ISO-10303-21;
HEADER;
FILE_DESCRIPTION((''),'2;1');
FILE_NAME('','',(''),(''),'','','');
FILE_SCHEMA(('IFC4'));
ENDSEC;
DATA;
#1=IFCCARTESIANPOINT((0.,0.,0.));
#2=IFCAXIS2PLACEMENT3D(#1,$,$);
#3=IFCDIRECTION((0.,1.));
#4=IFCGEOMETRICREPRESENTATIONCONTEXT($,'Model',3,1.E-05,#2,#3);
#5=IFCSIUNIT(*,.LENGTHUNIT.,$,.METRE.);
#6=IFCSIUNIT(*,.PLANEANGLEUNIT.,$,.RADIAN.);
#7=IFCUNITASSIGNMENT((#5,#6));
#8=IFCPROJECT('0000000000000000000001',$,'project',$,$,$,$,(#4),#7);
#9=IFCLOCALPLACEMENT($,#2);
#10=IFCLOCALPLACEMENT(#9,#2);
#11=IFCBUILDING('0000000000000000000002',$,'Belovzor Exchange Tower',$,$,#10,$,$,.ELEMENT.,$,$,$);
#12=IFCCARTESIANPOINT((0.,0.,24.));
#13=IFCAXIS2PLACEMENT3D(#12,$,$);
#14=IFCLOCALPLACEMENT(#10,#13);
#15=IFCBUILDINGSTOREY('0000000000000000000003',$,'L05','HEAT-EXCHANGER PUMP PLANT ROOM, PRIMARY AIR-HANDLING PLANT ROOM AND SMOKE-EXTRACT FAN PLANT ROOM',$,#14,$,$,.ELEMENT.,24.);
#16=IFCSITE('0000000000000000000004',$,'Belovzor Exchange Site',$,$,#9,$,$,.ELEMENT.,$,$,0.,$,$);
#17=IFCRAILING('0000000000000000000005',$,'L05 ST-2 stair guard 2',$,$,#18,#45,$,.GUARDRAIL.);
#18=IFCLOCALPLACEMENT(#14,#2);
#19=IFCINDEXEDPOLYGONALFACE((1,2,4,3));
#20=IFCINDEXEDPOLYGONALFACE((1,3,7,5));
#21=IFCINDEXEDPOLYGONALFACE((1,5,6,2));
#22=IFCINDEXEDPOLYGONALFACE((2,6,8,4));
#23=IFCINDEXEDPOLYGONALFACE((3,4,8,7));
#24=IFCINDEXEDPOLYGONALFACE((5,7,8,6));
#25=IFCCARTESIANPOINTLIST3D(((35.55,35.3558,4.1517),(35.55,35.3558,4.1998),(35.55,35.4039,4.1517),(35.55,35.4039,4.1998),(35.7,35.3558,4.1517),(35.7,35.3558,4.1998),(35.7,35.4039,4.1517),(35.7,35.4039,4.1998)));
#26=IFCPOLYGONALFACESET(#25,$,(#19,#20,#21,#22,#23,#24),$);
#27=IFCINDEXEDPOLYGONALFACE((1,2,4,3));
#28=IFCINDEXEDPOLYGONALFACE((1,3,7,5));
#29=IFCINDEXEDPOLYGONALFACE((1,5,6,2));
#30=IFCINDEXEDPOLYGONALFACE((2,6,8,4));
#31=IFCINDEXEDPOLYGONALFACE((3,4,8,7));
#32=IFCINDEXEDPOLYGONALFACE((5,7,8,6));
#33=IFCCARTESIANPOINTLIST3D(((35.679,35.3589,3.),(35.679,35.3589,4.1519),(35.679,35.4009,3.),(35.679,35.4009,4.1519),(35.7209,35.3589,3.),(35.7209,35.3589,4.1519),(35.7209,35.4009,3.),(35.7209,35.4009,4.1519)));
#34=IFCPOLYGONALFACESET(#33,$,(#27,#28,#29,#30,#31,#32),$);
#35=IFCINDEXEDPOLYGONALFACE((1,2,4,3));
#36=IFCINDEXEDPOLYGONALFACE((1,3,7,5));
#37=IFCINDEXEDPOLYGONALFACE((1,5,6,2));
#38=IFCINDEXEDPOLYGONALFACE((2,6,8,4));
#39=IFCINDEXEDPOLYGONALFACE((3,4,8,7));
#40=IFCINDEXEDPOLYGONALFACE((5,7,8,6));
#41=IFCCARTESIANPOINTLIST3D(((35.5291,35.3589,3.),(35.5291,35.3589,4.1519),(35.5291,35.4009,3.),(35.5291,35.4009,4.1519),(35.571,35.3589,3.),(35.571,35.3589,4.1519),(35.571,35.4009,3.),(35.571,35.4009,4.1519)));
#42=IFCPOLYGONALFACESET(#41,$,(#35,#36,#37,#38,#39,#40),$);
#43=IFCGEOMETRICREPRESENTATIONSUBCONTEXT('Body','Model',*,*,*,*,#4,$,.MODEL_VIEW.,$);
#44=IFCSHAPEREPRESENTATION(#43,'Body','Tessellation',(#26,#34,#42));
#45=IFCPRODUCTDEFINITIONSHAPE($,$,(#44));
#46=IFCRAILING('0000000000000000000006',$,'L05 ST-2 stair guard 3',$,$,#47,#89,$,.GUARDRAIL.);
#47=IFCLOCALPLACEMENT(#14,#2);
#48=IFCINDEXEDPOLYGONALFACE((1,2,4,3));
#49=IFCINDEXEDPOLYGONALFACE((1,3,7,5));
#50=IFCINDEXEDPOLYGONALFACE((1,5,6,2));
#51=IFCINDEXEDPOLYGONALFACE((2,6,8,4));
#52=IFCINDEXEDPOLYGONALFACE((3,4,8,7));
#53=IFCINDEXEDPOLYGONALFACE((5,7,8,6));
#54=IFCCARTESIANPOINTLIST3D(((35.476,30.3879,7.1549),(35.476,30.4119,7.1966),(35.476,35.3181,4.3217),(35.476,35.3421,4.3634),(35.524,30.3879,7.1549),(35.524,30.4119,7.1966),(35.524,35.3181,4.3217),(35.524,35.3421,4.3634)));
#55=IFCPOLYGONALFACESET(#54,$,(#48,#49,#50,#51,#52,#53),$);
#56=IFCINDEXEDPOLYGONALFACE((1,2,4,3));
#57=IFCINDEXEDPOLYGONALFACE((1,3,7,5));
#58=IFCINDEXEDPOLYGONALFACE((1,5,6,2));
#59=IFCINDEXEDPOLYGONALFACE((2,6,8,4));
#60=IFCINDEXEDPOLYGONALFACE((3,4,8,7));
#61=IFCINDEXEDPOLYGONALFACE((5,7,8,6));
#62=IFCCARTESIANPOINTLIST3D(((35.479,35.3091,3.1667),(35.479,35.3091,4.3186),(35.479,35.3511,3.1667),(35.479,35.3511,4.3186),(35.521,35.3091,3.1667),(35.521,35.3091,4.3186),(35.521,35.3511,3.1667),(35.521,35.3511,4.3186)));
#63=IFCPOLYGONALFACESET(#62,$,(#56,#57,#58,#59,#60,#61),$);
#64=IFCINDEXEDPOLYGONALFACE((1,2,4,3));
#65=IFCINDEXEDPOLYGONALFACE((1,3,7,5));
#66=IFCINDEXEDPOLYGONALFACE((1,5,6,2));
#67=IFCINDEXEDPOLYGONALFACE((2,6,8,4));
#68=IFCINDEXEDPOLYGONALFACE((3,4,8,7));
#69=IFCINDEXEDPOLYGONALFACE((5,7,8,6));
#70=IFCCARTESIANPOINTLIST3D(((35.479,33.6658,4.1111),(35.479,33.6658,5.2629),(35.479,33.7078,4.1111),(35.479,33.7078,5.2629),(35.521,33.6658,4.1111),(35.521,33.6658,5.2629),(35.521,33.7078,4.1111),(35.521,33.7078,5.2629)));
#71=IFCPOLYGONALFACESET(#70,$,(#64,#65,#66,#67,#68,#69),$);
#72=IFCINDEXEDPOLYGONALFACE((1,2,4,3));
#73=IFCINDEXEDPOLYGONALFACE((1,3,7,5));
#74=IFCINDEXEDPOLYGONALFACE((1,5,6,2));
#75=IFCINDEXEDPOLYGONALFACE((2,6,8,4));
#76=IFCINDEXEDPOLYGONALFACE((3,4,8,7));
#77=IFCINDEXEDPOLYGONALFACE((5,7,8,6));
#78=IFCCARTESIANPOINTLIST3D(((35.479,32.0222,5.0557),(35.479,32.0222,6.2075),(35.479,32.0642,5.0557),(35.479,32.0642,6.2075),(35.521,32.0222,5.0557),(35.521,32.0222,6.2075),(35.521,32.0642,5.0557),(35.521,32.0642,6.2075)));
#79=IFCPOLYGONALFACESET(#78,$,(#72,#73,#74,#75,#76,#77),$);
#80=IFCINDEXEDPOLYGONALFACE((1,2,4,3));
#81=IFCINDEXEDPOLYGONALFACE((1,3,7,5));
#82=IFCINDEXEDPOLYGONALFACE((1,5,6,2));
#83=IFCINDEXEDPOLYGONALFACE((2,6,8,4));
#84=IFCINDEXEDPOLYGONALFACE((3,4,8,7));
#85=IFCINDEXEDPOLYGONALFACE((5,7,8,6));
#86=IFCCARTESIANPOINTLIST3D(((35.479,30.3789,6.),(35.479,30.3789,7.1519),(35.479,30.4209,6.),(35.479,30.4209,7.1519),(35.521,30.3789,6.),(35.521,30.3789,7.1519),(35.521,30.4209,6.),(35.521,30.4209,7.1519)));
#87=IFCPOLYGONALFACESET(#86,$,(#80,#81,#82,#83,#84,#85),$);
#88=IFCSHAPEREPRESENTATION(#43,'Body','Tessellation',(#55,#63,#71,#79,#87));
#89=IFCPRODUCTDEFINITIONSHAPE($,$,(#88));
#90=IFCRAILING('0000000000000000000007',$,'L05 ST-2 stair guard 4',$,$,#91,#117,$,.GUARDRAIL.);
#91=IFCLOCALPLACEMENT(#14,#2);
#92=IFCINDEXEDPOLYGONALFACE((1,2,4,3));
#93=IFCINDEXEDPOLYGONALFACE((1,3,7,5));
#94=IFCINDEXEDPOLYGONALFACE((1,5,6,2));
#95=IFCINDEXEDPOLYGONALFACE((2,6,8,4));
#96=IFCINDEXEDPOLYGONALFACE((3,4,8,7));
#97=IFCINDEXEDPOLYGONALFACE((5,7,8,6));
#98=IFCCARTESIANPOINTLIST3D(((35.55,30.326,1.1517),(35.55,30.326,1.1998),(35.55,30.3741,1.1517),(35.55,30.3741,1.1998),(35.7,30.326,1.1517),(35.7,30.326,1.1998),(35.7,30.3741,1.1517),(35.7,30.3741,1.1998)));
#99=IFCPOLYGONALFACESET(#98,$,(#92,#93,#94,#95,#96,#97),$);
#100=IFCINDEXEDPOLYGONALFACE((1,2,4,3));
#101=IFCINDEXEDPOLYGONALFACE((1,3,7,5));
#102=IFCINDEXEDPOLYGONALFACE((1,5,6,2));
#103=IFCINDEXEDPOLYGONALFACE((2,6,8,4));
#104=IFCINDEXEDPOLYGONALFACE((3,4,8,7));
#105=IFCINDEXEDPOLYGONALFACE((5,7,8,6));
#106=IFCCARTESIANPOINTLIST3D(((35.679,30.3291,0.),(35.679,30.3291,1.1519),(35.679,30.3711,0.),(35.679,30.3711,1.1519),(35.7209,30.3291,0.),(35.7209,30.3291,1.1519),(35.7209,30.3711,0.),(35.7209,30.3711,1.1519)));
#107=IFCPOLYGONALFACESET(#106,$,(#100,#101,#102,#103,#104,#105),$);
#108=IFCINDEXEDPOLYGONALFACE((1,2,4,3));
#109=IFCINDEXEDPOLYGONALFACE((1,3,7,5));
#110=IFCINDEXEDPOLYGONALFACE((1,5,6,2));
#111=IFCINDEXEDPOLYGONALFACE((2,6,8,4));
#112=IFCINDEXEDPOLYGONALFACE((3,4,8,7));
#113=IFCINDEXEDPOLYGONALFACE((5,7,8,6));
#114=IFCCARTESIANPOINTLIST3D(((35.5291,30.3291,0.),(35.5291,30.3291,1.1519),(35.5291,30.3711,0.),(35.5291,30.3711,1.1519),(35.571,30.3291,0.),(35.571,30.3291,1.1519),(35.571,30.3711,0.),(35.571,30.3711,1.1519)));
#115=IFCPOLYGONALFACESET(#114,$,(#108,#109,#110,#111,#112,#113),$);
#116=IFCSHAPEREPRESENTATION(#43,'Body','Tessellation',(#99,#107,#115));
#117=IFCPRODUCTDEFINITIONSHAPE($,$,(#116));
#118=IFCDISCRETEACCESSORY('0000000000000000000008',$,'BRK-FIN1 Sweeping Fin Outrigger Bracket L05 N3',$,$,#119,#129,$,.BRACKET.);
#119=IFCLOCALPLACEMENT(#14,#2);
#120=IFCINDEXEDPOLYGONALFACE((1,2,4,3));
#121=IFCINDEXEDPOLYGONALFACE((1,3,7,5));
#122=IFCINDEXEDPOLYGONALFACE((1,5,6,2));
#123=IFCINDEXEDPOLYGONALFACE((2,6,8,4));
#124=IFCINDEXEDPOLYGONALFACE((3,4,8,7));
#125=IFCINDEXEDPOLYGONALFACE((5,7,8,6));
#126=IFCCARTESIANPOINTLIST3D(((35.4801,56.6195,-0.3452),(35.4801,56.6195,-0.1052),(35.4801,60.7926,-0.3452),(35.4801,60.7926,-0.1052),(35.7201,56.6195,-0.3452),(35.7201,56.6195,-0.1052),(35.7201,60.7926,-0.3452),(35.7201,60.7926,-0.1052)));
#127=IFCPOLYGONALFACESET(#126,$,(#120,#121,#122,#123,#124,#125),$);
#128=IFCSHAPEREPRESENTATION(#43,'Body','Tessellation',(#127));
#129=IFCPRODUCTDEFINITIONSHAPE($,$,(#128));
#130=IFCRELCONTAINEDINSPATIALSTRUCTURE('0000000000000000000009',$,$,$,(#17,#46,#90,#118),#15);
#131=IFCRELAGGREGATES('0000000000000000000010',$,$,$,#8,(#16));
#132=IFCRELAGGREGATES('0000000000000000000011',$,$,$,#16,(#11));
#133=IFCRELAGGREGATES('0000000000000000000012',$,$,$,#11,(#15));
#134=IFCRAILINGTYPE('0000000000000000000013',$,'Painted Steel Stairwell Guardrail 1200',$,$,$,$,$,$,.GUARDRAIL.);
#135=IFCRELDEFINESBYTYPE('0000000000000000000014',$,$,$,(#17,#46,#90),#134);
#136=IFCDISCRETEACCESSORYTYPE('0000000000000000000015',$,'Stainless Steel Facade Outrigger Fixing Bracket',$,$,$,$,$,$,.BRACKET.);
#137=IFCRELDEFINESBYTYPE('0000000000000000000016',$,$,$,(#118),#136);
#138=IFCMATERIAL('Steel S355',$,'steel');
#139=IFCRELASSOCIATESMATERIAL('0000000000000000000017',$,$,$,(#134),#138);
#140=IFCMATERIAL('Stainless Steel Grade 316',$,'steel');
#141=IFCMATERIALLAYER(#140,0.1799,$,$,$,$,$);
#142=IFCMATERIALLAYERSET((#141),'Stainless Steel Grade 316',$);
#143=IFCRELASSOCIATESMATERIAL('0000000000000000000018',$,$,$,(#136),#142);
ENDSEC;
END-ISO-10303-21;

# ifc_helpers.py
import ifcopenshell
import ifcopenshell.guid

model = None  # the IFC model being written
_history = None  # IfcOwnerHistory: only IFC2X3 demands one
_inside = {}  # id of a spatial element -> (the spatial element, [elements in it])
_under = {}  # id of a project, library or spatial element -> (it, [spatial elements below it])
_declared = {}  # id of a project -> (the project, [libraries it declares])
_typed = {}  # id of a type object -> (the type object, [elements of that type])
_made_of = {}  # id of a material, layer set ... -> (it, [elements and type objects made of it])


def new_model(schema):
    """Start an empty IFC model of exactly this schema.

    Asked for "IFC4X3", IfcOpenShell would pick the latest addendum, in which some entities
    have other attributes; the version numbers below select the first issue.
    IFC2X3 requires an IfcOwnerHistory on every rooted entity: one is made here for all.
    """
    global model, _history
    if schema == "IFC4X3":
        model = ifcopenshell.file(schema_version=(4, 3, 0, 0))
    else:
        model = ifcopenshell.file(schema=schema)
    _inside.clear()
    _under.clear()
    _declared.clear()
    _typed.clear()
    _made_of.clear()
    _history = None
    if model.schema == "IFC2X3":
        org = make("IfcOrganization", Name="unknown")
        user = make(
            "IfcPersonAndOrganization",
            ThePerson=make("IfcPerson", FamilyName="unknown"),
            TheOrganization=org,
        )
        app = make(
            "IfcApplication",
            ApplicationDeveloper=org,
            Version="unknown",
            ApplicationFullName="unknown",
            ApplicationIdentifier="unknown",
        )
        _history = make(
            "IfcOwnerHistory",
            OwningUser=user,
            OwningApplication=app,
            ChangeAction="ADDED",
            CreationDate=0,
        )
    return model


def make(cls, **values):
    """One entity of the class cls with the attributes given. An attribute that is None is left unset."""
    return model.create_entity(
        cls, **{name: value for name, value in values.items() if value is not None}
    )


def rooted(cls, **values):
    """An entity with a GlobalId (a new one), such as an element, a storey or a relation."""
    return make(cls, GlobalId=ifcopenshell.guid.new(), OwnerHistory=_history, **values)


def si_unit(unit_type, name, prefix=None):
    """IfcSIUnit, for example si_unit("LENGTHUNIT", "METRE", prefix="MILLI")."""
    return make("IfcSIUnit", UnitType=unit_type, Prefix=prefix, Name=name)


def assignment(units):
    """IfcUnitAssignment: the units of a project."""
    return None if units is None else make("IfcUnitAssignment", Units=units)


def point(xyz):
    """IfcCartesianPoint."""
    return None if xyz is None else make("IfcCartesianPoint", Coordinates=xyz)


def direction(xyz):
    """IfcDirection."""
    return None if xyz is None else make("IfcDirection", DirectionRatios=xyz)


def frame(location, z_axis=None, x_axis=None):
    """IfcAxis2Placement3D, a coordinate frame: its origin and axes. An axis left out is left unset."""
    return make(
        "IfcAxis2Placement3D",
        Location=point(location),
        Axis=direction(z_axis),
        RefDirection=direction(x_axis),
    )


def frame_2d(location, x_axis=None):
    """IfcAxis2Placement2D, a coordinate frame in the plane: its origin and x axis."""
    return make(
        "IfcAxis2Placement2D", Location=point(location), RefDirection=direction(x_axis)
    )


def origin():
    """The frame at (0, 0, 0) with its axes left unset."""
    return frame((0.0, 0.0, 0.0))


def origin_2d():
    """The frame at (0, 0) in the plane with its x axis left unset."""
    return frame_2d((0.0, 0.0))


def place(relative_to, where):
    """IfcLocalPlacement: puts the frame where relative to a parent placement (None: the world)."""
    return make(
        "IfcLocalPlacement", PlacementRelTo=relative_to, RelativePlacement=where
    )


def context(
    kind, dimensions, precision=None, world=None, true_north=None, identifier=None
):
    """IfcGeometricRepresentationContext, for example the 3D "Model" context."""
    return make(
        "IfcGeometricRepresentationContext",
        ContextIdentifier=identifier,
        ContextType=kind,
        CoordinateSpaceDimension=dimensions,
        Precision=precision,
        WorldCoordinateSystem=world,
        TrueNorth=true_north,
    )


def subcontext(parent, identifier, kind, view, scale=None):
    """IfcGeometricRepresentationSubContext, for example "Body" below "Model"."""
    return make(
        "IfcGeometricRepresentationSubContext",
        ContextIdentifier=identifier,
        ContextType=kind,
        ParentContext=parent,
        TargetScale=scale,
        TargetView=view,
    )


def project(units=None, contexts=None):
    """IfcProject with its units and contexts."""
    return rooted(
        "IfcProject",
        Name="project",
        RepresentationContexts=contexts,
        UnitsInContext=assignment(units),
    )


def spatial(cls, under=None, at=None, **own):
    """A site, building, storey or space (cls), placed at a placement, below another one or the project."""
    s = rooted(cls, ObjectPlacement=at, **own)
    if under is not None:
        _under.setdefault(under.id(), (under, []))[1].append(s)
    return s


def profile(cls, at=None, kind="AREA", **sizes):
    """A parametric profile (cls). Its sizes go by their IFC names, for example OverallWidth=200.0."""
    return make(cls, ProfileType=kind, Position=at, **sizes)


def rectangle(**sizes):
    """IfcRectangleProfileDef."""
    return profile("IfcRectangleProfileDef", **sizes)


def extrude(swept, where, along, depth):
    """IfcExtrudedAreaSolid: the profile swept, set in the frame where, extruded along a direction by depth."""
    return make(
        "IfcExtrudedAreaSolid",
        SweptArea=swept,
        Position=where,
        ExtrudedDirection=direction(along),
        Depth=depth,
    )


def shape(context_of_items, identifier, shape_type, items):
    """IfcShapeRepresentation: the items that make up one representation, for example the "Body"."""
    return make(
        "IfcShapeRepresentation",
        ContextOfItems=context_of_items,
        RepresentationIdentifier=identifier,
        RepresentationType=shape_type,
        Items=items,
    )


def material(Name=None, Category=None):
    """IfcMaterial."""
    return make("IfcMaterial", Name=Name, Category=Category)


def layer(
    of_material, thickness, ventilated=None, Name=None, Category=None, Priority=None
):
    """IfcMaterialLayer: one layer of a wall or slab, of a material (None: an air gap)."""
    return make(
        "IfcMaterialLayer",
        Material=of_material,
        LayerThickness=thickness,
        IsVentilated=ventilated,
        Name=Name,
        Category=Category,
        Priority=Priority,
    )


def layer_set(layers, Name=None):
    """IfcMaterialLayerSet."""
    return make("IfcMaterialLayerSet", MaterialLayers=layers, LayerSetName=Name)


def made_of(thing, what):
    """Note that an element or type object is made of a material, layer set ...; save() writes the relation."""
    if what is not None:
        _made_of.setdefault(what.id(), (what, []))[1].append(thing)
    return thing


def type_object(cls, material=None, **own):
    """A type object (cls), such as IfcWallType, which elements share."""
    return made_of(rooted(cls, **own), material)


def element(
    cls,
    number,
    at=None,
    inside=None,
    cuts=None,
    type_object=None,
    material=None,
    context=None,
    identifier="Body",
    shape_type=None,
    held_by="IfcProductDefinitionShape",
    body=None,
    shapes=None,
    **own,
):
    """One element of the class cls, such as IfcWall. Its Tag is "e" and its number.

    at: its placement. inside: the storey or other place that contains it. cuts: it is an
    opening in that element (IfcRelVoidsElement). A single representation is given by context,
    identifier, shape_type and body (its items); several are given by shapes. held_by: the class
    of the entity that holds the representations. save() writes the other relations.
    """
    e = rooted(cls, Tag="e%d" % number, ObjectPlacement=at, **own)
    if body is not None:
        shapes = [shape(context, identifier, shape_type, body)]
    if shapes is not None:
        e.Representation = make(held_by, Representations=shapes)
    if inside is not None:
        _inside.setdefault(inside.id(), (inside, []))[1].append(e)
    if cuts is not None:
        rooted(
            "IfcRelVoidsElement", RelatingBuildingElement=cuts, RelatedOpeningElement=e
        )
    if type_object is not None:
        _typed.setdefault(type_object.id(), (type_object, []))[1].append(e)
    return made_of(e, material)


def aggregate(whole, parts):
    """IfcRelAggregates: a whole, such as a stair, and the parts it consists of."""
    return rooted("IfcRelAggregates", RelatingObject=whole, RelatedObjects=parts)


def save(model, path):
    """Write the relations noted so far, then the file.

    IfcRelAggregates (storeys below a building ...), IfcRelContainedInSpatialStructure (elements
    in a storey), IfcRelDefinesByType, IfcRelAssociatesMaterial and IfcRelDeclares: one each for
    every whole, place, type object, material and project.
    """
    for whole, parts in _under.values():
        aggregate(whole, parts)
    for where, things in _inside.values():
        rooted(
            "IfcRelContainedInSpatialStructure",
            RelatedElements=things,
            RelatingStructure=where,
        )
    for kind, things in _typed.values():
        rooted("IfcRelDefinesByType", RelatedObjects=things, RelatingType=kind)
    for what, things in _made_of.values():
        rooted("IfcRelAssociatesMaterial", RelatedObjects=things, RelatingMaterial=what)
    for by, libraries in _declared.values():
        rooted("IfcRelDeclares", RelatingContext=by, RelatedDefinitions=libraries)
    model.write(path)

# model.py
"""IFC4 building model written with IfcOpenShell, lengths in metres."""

from ifc_helpers import new_model, si_unit, direction, frame, origin, origin_2d, place, context, subcontext, project, spatial, rectangle, extrude, material, layer, layer_set, type_object, element, save


model = new_model("IFC4")

# Units and contexts
model_context = context("Model", 3, precision=1e-05, world=origin(), true_north=direction((0.0, 1.0)))
body_context = subcontext(model_context, "Body", "Model", "MODEL_VIEW")
ifc_project = project(units=[si_unit("LENGTHUNIT", "METRE"), si_unit("PLANEANGLEUNIT", "RADIAN")], contexts=[model_context])

# Site, building, storey
site_placement = place(None, origin())
site = spatial("IfcSite", under=ifc_project, at=site_placement, Name="Belovzor Exchange Site", CompositionType="ELEMENT", RefElevation=0.0)
building_placement = place(site_placement, origin())
building = spatial("IfcBuilding", under=site, at=building_placement, Name="Belovzor Exchange Tower", CompositionType="ELEMENT")
storey_placement = place(building_placement, frame((0.0, 0.0, 24.0)))
storey = spatial("IfcBuildingStorey", under=building, at=storey_placement, Name="L05", Description="HEAT-EXCHANGER PUMP PLANT ROOM, PRIMARY AIR-HANDLING PLANT ROOM AND SMOKE-EXTRACT FAN PLANT ROOM", CompositionType="ELEMENT", Elevation=24.0)

# Railings
ifc_material_1 = material(Name="Steel S355", Category="steel")
railing_type_1 = type_object("IfcRailingType", Name="Painted Steel Stairwell Guardrail 1200", PredefinedType="GUARDRAIL", material=ifc_material_1)
railing_1_placement = place(storey_placement, frame((35.7, 35.3799, 3.0)))
element("IfcRailing", 1, at=railing_1_placement, inside=storey, type_object=railing_type_1, Name="L05 ST-2 stair guard 2", PredefinedType="GUARDRAIL", context=body_context, shape_type="SweptSolid", body=[
    extrude(rectangle(XDim=0.0481, YDim=0.0481, at=origin_2d()), frame((0.0, 0.0, 1.1758), z_axis=(-1.0, 0.0, 0.0), x_axis=(0.0, -1.0, 0.0)), (0.0, 0.0, 1.0), 0.1499),
    extrude(rectangle(XDim=0.042, YDim=0.042, at=origin_2d()), origin(), (0.0, 0.0, 1.0), 1.1519),
    extrude(rectangle(XDim=0.042, YDim=0.042, at=origin_2d()), frame((-0.1499, 0.0, 0.0)), (0.0, 0.0, 1.0), 1.1519),
])
railing_2_placement = place(storey_placement, frame((35.5, 35.3301, 3.1667)))
element("IfcRailing", 2, at=railing_2_placement, inside=storey, type_object=railing_type_1, Name="L05 ST-2 stair guard 3", PredefinedType="GUARDRAIL", context=body_context, shape_type="SweptSolid", body=[
    extrude(rectangle(XDim=0.0481, YDim=0.0481, at=origin_2d()), frame((0.0, 0.0, 1.1758), z_axis=(0.0, -0.867028, 0.49826), x_axis=(1.0, 0.0, 0.0)), (0.0, 0.0, 1.0), 5.6863),
    extrude(rectangle(XDim=0.042, YDim=0.042, at=origin_2d()), origin(), (0.0, 0.0, 1.0), 1.1519),
    extrude(rectangle(XDim=0.042, YDim=0.042, at=origin_2d()), frame((0.0, -1.6433, 0.9443)), (0.0, 0.0, 1.0), 1.1519),
    extrude(rectangle(XDim=0.042, YDim=0.042, at=origin_2d()), frame((0.0, -3.2869, 1.8889)), (0.0, 0.0, 1.0), 1.1519),
    extrude(rectangle(XDim=0.042, YDim=0.042, at=origin_2d()), frame((0.0, -4.9302, 2.8333)), (0.0, 0.0, 1.0), 1.1519),
])
railing_3_placement = place(storey_placement, frame((35.7, 30.3501, 0.0)))
element("IfcRailing", 3, at=railing_3_placement, inside=storey, type_object=railing_type_1, Name="L05 ST-2 stair guard 4", PredefinedType="GUARDRAIL", context=body_context, shape_type="SweptSolid", body=[
    extrude(rectangle(XDim=0.0481, YDim=0.0481, at=origin_2d()), frame((0.0, 0.0, 1.1758), z_axis=(-1.0, 0.0, 0.0), x_axis=(0.0, -1.0, 0.0)), (0.0, 0.0, 1.0), 0.1499),
    extrude(rectangle(XDim=0.042, YDim=0.042, at=origin_2d()), origin(), (0.0, 0.0, 1.0), 1.1519),
    extrude(rectangle(XDim=0.042, YDim=0.042, at=origin_2d()), frame((-0.1499, 0.0, 0.0)), (0.0, 0.0, 1.0), 1.1519),
])

# Discrete accessory
ifc_material_2 = material(Name="Stainless Steel Grade 316", Category="steel")
ifc_layer_1 = layer(ifc_material_2, 0.1799)
ifc_layer_set_1 = layer_set([ifc_layer_1], Name="Stainless Steel Grade 316")
discrete_accessory_type = type_object("IfcDiscreteAccessoryType", Name="Stainless Steel Facade Outrigger Fixing Bracket", PredefinedType="BRACKET", material=ifc_layer_set_1)
discrete_accessory_placement = place(storey_placement, frame((35.6001, 58.7061, -0.3452), z_axis=(0.0, 0.0, 1.0), x_axis=(0.0, 1.0, 0.0)))
element("IfcDiscreteAccessory", 4, at=discrete_accessory_placement, inside=storey, type_object=discrete_accessory_type, Name="BRK-FIN1 Sweeping Fin Outrigger Bracket L05 N3", PredefinedType="BRACKET", context=body_context, shape_type="SweptSolid", body=[
    extrude(rectangle(XDim=4.1731, YDim=0.24, at=origin_2d()), origin(), (0.0, 0.0, 1.0), 0.24),
])

save(model, "model.ifc")
